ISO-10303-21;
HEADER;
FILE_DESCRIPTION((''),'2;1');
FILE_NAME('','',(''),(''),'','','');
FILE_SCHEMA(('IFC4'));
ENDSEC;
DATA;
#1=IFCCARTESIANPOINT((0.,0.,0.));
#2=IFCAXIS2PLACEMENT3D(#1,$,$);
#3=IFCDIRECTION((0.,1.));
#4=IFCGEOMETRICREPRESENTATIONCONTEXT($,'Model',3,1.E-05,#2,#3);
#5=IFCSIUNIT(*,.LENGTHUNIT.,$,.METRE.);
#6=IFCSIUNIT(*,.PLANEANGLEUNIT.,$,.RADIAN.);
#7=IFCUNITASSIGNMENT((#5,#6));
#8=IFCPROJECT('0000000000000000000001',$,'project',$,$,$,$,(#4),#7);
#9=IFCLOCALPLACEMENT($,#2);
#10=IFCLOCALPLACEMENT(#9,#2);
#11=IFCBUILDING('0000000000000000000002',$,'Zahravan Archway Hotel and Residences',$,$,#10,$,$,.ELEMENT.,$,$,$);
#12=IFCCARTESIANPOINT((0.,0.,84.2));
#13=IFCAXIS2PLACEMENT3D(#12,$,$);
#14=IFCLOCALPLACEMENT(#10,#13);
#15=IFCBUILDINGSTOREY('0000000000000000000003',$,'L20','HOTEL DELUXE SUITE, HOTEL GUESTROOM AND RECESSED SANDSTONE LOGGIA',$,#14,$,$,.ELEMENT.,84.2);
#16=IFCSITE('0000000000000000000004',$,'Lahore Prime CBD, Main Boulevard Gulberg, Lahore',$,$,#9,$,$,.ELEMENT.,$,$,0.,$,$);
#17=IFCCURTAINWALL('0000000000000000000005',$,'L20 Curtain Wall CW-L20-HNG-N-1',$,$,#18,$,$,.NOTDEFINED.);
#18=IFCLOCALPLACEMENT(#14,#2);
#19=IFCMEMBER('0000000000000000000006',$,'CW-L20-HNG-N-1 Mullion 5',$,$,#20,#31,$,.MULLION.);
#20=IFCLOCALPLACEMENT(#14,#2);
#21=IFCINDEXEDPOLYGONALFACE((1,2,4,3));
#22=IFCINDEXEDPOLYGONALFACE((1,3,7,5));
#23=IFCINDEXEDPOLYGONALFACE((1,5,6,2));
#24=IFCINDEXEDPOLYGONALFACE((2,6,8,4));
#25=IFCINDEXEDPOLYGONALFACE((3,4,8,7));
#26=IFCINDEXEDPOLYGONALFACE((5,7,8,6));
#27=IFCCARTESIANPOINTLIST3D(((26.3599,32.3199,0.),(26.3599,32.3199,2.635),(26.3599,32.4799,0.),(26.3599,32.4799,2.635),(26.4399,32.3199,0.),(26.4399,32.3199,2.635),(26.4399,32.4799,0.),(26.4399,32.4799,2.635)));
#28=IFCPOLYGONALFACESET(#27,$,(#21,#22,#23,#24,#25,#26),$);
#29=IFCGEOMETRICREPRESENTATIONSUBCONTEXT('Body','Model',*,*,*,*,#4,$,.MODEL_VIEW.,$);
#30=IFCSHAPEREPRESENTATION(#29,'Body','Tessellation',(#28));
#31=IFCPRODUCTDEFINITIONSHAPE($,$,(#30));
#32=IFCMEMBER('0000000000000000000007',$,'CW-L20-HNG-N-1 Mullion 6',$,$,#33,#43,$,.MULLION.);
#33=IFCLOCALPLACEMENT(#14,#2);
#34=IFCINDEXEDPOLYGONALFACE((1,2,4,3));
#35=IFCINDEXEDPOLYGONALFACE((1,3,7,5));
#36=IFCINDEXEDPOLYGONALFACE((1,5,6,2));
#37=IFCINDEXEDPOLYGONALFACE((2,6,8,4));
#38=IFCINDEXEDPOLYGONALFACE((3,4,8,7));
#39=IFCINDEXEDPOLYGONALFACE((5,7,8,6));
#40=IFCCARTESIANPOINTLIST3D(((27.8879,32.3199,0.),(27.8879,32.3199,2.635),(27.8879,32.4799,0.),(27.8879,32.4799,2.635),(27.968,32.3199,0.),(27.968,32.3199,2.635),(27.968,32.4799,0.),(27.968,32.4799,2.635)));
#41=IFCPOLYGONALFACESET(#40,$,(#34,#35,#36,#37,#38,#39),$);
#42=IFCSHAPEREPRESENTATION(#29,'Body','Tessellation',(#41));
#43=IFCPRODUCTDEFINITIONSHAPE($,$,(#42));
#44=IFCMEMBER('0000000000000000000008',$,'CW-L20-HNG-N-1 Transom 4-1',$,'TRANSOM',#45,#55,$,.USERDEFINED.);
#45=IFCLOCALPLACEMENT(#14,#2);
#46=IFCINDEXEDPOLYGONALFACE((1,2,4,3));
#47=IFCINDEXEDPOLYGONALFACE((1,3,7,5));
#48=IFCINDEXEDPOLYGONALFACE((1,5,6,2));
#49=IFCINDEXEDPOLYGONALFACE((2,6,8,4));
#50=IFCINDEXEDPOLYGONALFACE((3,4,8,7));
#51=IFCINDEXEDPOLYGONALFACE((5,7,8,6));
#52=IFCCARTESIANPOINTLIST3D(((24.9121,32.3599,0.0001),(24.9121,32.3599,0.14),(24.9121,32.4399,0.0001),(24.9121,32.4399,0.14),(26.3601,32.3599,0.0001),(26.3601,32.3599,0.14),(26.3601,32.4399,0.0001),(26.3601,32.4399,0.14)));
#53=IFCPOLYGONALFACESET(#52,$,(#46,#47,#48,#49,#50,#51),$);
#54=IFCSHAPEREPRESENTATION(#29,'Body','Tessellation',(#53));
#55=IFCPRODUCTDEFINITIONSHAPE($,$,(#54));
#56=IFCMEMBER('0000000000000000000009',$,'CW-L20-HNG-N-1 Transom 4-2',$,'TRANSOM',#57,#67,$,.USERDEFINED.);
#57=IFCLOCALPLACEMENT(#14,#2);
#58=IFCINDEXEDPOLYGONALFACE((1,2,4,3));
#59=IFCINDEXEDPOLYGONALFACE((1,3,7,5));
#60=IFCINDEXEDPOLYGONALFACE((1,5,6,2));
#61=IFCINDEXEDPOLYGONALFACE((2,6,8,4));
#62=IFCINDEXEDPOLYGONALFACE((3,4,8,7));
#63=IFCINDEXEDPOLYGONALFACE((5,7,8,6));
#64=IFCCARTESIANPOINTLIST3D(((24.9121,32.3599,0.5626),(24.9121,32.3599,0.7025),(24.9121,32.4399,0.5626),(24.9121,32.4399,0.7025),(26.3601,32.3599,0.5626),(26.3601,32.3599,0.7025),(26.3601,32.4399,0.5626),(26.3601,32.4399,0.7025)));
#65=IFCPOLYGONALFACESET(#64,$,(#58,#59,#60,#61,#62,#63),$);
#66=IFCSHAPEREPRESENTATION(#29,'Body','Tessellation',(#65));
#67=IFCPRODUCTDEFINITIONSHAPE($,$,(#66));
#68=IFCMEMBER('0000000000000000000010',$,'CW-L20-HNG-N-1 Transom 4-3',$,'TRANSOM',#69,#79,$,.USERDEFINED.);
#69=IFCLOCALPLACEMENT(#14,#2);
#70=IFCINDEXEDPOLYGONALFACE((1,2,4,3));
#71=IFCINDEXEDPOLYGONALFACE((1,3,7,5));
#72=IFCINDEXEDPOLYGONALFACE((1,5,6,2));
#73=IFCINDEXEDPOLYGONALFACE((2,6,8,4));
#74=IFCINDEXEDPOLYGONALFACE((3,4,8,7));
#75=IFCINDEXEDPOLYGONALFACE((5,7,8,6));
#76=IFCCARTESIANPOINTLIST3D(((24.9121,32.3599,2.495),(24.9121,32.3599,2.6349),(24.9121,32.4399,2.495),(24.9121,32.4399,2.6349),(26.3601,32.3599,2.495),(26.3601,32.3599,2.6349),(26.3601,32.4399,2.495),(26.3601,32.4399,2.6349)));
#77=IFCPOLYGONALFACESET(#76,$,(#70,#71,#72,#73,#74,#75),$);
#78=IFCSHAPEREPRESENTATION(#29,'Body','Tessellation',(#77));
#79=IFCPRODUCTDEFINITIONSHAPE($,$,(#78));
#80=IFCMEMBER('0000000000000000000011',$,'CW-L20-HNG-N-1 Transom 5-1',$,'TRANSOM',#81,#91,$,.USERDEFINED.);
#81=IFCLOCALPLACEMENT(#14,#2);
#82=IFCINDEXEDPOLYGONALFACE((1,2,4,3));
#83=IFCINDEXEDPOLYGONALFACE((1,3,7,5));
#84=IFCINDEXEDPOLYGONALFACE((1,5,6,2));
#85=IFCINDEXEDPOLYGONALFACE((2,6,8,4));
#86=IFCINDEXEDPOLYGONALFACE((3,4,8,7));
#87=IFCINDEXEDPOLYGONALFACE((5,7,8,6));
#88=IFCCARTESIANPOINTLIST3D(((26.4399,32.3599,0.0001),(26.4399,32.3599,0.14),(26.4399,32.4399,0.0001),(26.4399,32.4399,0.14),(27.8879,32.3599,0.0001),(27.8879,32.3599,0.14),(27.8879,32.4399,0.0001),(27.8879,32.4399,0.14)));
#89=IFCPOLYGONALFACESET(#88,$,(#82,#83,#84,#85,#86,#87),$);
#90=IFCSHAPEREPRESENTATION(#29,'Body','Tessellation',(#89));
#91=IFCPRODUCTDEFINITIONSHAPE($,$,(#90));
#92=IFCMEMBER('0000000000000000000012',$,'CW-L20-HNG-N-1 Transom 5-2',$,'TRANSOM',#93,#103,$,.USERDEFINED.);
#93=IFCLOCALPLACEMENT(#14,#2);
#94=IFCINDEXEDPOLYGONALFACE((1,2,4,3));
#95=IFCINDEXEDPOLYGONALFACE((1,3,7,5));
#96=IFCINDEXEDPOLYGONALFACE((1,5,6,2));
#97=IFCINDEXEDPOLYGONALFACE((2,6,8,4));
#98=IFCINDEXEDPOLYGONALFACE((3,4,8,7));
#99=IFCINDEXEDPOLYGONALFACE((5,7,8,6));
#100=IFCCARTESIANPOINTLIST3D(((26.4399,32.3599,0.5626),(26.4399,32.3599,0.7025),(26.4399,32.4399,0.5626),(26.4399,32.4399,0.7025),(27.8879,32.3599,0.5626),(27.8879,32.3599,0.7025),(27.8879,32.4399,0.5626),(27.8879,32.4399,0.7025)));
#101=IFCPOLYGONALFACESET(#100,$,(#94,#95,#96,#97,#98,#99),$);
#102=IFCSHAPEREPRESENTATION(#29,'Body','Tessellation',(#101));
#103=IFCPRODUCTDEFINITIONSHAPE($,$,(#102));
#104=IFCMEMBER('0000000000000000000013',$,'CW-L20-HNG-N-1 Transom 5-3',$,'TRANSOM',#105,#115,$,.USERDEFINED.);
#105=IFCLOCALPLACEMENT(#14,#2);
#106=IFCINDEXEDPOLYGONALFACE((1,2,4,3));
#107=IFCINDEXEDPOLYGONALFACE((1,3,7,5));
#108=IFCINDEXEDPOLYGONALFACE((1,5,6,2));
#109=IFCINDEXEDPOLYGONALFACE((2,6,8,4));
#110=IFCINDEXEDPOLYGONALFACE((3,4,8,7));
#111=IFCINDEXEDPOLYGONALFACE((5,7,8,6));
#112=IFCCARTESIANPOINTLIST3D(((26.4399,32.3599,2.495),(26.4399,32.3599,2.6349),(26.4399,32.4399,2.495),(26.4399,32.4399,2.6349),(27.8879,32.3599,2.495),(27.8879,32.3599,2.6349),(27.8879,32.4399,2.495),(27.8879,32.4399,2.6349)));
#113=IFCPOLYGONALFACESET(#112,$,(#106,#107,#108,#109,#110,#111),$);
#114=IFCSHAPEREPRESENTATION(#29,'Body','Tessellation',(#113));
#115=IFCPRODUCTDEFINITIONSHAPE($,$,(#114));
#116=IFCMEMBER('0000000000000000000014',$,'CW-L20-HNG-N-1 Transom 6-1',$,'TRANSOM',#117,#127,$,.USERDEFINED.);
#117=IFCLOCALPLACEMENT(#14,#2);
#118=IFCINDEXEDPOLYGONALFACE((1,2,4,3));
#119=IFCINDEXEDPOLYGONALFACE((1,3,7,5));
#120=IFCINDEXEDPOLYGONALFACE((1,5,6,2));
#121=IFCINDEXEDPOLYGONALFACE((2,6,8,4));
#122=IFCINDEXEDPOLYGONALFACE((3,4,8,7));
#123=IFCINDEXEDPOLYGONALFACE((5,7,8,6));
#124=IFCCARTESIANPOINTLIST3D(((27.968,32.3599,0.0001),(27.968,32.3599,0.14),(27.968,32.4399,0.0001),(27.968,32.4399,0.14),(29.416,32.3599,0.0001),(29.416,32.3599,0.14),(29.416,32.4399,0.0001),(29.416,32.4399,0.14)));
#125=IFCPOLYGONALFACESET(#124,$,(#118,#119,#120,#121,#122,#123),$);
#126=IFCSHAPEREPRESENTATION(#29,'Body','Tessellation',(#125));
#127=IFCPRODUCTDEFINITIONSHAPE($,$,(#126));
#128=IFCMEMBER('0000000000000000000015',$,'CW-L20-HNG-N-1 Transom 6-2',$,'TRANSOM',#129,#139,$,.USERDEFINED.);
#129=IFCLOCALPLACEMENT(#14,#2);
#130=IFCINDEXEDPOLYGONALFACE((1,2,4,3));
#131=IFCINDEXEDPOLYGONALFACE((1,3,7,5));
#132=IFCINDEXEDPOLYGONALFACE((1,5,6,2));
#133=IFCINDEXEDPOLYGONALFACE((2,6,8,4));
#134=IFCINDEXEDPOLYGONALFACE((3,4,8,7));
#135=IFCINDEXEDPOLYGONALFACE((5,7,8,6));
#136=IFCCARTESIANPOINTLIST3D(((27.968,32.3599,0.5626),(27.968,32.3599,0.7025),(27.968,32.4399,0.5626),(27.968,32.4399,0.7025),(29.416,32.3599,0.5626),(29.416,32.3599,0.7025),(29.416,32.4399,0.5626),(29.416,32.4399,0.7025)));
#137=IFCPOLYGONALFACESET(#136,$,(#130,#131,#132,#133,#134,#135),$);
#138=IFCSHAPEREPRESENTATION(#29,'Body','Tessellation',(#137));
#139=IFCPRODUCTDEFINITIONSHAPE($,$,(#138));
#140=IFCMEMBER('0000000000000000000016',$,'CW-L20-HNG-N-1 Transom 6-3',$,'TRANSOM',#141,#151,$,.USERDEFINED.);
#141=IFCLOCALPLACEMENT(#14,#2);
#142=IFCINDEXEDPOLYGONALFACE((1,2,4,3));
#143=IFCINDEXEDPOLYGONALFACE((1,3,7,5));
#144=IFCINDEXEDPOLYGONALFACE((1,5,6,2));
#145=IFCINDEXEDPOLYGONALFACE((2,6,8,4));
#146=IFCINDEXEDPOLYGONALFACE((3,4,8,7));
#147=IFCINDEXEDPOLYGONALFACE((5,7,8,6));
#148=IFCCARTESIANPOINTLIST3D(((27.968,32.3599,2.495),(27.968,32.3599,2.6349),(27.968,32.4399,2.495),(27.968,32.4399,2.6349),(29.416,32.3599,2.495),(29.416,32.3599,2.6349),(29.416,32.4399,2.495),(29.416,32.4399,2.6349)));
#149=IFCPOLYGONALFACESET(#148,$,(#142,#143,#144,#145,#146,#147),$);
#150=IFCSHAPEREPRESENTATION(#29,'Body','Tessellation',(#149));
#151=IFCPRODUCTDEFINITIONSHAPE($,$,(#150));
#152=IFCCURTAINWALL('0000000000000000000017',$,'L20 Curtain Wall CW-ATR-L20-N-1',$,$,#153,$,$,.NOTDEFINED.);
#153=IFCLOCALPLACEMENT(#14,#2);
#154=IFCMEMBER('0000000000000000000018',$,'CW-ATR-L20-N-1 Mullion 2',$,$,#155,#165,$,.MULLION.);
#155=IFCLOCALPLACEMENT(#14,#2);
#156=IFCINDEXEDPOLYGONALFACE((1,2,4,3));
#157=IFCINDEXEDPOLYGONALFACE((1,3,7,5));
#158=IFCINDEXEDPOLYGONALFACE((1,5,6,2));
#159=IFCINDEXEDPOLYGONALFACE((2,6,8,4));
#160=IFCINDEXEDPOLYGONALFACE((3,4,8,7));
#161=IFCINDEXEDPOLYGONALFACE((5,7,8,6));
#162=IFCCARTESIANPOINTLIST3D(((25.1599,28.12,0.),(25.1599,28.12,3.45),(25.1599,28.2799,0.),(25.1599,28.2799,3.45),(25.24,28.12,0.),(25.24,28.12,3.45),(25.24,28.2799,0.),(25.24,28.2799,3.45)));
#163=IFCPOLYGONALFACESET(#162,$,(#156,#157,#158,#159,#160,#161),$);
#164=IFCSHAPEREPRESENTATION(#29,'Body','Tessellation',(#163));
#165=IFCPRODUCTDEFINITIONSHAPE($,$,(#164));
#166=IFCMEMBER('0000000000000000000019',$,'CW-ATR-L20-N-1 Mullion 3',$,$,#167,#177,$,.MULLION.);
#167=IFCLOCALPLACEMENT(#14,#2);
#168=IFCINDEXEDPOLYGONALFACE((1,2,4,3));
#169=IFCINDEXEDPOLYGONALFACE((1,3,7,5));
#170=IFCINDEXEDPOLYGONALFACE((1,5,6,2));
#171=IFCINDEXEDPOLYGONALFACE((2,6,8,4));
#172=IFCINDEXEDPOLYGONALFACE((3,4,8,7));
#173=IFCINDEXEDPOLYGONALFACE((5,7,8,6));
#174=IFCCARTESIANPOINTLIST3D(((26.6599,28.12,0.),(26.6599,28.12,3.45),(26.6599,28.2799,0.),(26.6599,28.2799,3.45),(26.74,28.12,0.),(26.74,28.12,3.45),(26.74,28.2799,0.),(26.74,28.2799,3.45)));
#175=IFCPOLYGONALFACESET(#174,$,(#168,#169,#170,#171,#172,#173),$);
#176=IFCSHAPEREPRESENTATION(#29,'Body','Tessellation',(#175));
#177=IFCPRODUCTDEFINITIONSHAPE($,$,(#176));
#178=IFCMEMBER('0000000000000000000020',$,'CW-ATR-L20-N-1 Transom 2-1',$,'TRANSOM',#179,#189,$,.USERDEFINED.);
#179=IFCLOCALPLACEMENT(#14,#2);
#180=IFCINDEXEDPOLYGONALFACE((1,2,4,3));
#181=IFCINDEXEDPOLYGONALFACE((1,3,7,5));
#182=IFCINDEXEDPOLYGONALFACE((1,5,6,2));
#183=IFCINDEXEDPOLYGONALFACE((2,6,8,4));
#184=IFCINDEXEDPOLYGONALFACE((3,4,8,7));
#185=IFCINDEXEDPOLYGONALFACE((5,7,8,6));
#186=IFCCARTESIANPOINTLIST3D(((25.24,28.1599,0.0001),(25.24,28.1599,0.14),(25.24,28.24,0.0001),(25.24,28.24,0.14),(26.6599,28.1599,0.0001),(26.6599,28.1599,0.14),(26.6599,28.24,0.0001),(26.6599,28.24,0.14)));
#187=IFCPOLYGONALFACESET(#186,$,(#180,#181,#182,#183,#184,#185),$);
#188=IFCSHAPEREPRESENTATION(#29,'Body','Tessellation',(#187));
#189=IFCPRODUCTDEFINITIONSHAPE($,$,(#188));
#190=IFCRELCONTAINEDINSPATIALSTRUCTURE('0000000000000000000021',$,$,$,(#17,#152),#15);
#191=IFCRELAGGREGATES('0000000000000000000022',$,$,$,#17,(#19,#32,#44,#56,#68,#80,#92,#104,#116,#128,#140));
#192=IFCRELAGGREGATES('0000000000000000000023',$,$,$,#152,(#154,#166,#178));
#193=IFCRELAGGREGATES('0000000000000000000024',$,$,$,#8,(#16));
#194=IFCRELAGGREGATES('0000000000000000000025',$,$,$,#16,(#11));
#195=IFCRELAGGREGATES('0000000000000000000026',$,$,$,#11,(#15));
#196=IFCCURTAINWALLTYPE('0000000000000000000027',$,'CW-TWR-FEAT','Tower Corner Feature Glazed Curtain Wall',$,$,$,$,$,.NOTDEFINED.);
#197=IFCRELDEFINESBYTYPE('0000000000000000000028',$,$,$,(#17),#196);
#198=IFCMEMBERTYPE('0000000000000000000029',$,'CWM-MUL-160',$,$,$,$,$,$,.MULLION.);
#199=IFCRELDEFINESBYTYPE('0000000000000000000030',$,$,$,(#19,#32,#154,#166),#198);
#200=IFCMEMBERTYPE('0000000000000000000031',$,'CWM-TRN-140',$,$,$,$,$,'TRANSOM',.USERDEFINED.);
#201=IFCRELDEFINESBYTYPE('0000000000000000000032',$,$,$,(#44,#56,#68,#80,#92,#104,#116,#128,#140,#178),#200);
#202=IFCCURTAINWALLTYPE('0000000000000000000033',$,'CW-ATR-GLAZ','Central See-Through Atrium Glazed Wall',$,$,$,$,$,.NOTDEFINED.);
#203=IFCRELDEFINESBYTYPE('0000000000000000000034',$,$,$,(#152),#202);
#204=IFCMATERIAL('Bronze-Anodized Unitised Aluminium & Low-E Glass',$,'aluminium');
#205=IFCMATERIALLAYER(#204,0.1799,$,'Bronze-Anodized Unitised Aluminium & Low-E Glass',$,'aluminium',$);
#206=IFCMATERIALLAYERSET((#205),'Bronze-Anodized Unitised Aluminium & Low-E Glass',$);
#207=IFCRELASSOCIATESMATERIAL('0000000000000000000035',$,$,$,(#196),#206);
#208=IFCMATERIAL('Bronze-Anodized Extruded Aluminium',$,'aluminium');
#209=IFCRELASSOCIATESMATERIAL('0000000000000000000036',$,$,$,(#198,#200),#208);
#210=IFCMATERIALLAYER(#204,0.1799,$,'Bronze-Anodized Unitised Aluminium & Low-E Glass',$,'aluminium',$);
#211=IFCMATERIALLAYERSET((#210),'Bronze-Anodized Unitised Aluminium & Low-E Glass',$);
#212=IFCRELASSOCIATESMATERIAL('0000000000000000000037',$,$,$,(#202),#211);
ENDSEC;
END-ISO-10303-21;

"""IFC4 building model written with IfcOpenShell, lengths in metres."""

from ifc_helpers import new_model, si_unit, direction, frame, origin, origin_2d, place, context, subcontext, project, spatial, rectangle, extrude, source, transform, mapped, material, layer, layer_set, material_profile, profile_set, type_object, element, aggregate, save


model = new_model("IFC4")

# Units and contexts
model_context = context("Model", 3, precision=1e-05, world=origin(), true_north=direction((0.0, 1.0)))
body_context = subcontext(model_context, "Body", "Model", "MODEL_VIEW")
ifc_project = project(units=[si_unit("LENGTHUNIT", "METRE"), si_unit("PLANEANGLEUNIT", "RADIAN")], contexts=[model_context])

# Site, building, storey
site_placement = place(None, origin())
site = spatial("IfcSite", under=ifc_project, at=site_placement, Name="Lahore Prime CBD, Main Boulevard Gulberg, Lahore", CompositionType="ELEMENT", RefElevation=0.0)
building_placement = place(site_placement, origin())
building = spatial("IfcBuilding", under=site, at=building_placement, Name="Zahravan Archway Hotel and Residences", CompositionType="ELEMENT")
storey_placement = place(building_placement, frame((0.0, 0.0, 84.2)))
storey = spatial("IfcBuildingStorey", under=building, at=storey_placement, Name="L20", Description="HOTEL DELUXE SUITE, HOTEL GUESTROOM AND RECESSED SANDSTONE LOGGIA", CompositionType="ELEMENT", Elevation=84.2)

# Curtain walls, members
ifc_material_1 = material(Name="Bronze-Anodized Unitised Aluminium & Low-E Glass", Category="aluminium")
ifc_layer_1 = layer(ifc_material_1, 0.1799, Name="Bronze-Anodized Unitised Aluminium & Low-E Glass", Category="aluminium")
ifc_layer_set_1 = layer_set([ifc_layer_1], Name="Bronze-Anodized Unitised Aluminium & Low-E Glass")
curtain_wall_type_1 = type_object("IfcCurtainWallType", Name="CW-TWR-FEAT", Description="Tower Corner Feature Glazed Curtain Wall", PredefinedType="NOTDEFINED", material=ifc_layer_set_1)
curtain_wall_1_placement = place(storey_placement, origin())
curtain_wall_1 = element("IfcCurtainWall", 1, at=curtain_wall_1_placement, inside=storey, type_object=curtain_wall_type_1, Name="L20 Curtain Wall CW-L20-HNG-N-1", PredefinedType="NOTDEFINED")
ifc_material_2 = material(Name="Bronze-Anodized Extruded Aluminium", Category="aluminium")
ifc_material_profile_1 = material_profile(ifc_material_2, rectangle(XDim=0.0801, YDim=0.1599, at=origin_2d()), Name="MUL 80x160", Category="aluminium")
ifc_profile_set_1 = profile_set([ifc_material_profile_1], Name="Bronze-Anodized Extruded Aluminium")
member_type_1 = type_object("IfcMemberType", Name="CWM-MUL-160", PredefinedType="MULLION", material=ifc_profile_set_1)
shared_shape_1 = source(origin(), body_context, "Body", "SweptSolid", [
    extrude(rectangle(XDim=0.0801, YDim=0.1599, at=origin_2d()), origin(), (0.0, 0.0, 1.0), 2.635),
])
member_1_placement = place(storey_placement, frame((26.3999, 32.3999, 0.0), z_axis=(0.0, 0.0, 1.0), x_axis=(1.0, 0.0, 0.0)))
member_1 = element("IfcMember", 2, at=member_1_placement, type_object=member_type_1, Name="CW-L20-HNG-N-1 Mullion 5", PredefinedType="MULLION", context=body_context, shape_type="MappedRepresentation", body=[
    mapped(shared_shape_1, transform((0.0, 0.0, 0.0), scale=1.0)),
])
member_2_placement = place(storey_placement, frame((27.928, 32.3999, 0.0), z_axis=(0.0, 0.0, 1.0), x_axis=(1.0, 0.0, 0.0)))
member_2 = element("IfcMember", 3, at=member_2_placement, type_object=member_type_1, Name="CW-L20-HNG-N-1 Mullion 6", PredefinedType="MULLION", context=body_context, shape_type="MappedRepresentation", body=[
    mapped(shared_shape_1, transform((0.0, 0.0, 0.0), scale=1.0)),
])
ifc_material_profile_2 = material_profile(ifc_material_2, rectangle(XDim=0.0801, YDim=0.1399, at=origin_2d()), Name="TRN 80x140", Category="aluminium")
ifc_profile_set_2 = profile_set([ifc_material_profile_2], Name="Bronze-Anodized Extruded Aluminium")
member_type_2 = type_object("IfcMemberType", Name="CWM-TRN-140", ElementType="TRANSOM", PredefinedType="USERDEFINED", material=ifc_profile_set_2)
shared_shape_2 = source(origin(), body_context, "Body", "SweptSolid", [
    extrude(rectangle(XDim=0.0801, YDim=0.1399, at=origin_2d()), origin(), (0.0, 0.0, 1.0), 1.448),
])
member_3_placement = place(storey_placement, frame((24.9121, 32.3999, 0.0701), z_axis=(1.0, 0.0, 0.0), x_axis=(0.0, 1.0, 0.0)))
member_3 = element("IfcMember", 4, at=member_3_placement, type_object=member_type_2, Name="CW-L20-HNG-N-1 Transom 4-1", ObjectType="TRANSOM", PredefinedType="USERDEFINED", context=body_context, shape_type="MappedRepresentation", body=[
    mapped(shared_shape_2, transform((0.0, 0.0, 0.0), scale=1.0)),
])
member_4_placement = place(storey_placement, frame((24.9121, 32.3999, 0.6326), z_axis=(1.0, 0.0, 0.0), x_axis=(0.0, 1.0, 0.0)))
member_4 = element("IfcMember", 5, at=member_4_placement, type_object=member_type_2, Name="CW-L20-HNG-N-1 Transom 4-2", ObjectType="TRANSOM", PredefinedType="USERDEFINED", context=body_context, shape_type="MappedRepresentation", body=[
    mapped(shared_shape_2, transform((0.0, 0.0, 0.0), scale=1.0)),
])
member_5_placement = place(storey_placement, frame((24.9121, 32.3999, 2.5649), z_axis=(1.0, 0.0, 0.0), x_axis=(0.0, 1.0, 0.0)))
member_5 = element("IfcMember", 6, at=member_5_placement, type_object=member_type_2, Name="CW-L20-HNG-N-1 Transom 4-3", ObjectType="TRANSOM", PredefinedType="USERDEFINED", context=body_context, shape_type="MappedRepresentation", body=[
    mapped(shared_shape_2, transform((0.0, 0.0, 0.0), scale=1.0)),
])
member_6_placement = place(storey_placement, frame((26.4399, 32.3999, 0.0701), z_axis=(1.0, 0.0, 0.0), x_axis=(0.0, 1.0, 0.0)))
member_6 = element("IfcMember", 7, at=member_6_placement, type_object=member_type_2, Name="CW-L20-HNG-N-1 Transom 5-1", ObjectType="TRANSOM", PredefinedType="USERDEFINED", context=body_context, shape_type="MappedRepresentation", body=[
    mapped(shared_shape_2, transform((0.0, 0.0, 0.0), scale=1.0)),
])
member_7_placement = place(storey_placement, frame((26.4399, 32.3999, 0.6326), z_axis=(1.0, 0.0, 0.0), x_axis=(0.0, 1.0, 0.0)))
member_7 = element("IfcMember", 8, at=member_7_placement, type_object=member_type_2, Name="CW-L20-HNG-N-1 Transom 5-2", ObjectType="TRANSOM", PredefinedType="USERDEFINED", context=body_context, shape_type="MappedRepresentation", body=[
    mapped(shared_shape_2, transform((0.0, 0.0, 0.0), scale=1.0)),
])
member_8_placement = place(storey_placement, frame((26.4399, 32.3999, 2.5649), z_axis=(1.0, 0.0, 0.0), x_axis=(0.0, 1.0, 0.0)))
member_8 = element("IfcMember", 9, at=member_8_placement, type_object=member_type_2, Name="CW-L20-HNG-N-1 Transom 5-3", ObjectType="TRANSOM", PredefinedType="USERDEFINED", context=body_context, shape_type="MappedRepresentation", body=[
    mapped(shared_shape_2, transform((0.0, 0.0, 0.0), scale=1.0)),
])
member_9_placement = place(storey_placement, frame((27.968, 32.3999, 0.0701), z_axis=(1.0, 0.0, 0.0), x_axis=(0.0, 1.0, 0.0)))
member_9 = element("IfcMember", 10, at=member_9_placement, type_object=member_type_2, Name="CW-L20-HNG-N-1 Transom 6-1", ObjectType="TRANSOM", PredefinedType="USERDEFINED", context=body_context, shape_type="MappedRepresentation", body=[
    mapped(shared_shape_2, transform((0.0, 0.0, 0.0), scale=1.0)),
])
member_10_placement = place(storey_placement, frame((27.968, 32.3999, 0.6326), z_axis=(1.0, 0.0, 0.0), x_axis=(0.0, 1.0, 0.0)))
member_10 = element("IfcMember", 11, at=member_10_placement, type_object=member_type_2, Name="CW-L20-HNG-N-1 Transom 6-2", ObjectType="TRANSOM", PredefinedType="USERDEFINED", context=body_context, shape_type="MappedRepresentation", body=[
    mapped(shared_shape_2, transform((0.0, 0.0, 0.0), scale=1.0)),
])
member_11_placement = place(storey_placement, frame((27.968, 32.3999, 2.5649), z_axis=(1.0, 0.0, 0.0), x_axis=(0.0, 1.0, 0.0)))
member_11 = element("IfcMember", 12, at=member_11_placement, type_object=member_type_2, Name="CW-L20-HNG-N-1 Transom 6-3", ObjectType="TRANSOM", PredefinedType="USERDEFINED", context=body_context, shape_type="MappedRepresentation", body=[
    mapped(shared_shape_2, transform((0.0, 0.0, 0.0), scale=1.0)),
])
ifc_layer_2 = layer(ifc_material_1, 0.1799, Name="Bronze-Anodized Unitised Aluminium & Low-E Glass", Category="aluminium")
ifc_layer_set_2 = layer_set([ifc_layer_2], Name="Bronze-Anodized Unitised Aluminium & Low-E Glass")
curtain_wall_type_2 = type_object("IfcCurtainWallType", Name="CW-ATR-GLAZ", Description="Central See-Through Atrium Glazed Wall", PredefinedType="NOTDEFINED", material=ifc_layer_set_2)
curtain_wall_2_placement = place(storey_placement, origin())
curtain_wall_2 = element("IfcCurtainWall", 13, at=curtain_wall_2_placement, inside=storey, type_object=curtain_wall_type_2, Name="L20 Curtain Wall CW-ATR-L20-N-1", PredefinedType="NOTDEFINED")
shared_shape_3 = source(origin(), body_context, "Body", "SweptSolid", [
    extrude(rectangle(XDim=0.0801, YDim=0.1599, at=origin_2d()), origin(), (0.0, 0.0, 1.0), 3.45),
])
member_12_placement = place(storey_placement, frame((25.2, 28.2, 0.0), z_axis=(0.0, 0.0, 1.0), x_axis=(1.0, 0.0, 0.0)))
member_12 = element("IfcMember", 14, at=member_12_placement, type_object=member_type_1, Name="CW-ATR-L20-N-1 Mullion 2", PredefinedType="MULLION", context=body_context, shape_type="MappedRepresentation", body=[
    mapped(shared_shape_3, transform((0.0, 0.0, 0.0), scale=1.0)),
])
member_13_placement = place(storey_placement, frame((26.7, 28.2, 0.0), z_axis=(0.0, 0.0, 1.0), x_axis=(1.0, 0.0, 0.0)))
member_13 = element("IfcMember", 15, at=member_13_placement, type_object=member_type_1, Name="CW-ATR-L20-N-1 Mullion 3", PredefinedType="MULLION", context=body_context, shape_type="MappedRepresentation", body=[
    mapped(shared_shape_3, transform((0.0, 0.0, 0.0), scale=1.0)),
])
shared_shape_4 = source(origin(), body_context, "Body", "SweptSolid", [
    extrude(rectangle(XDim=0.0801, YDim=0.1399, at=origin_2d()), origin(), (0.0, 0.0, 1.0), 1.4199),
])
member_14_placement = place(storey_placement, frame((25.24, 28.2, 0.0701), z_axis=(1.0, 0.0, 0.0), x_axis=(0.0, 1.0, 0.0)))
member_14 = element("IfcMember", 16, at=member_14_placement, type_object=member_type_2, Name="CW-ATR-L20-N-1 Transom 2-1", ObjectType="TRANSOM", PredefinedType="USERDEFINED", context=body_context, shape_type="MappedRepresentation", body=[
    mapped(shared_shape_4, transform((0.0, 0.0, 0.0), scale=1.0)),
])

aggregate(curtain_wall_1, [member_1, member_2, member_3, member_4, member_5, member_6, member_7, member_8, member_9, member_10, member_11])
aggregate(curtain_wall_2, [member_12, member_13, member_14])

save(model, "model.ifc")
